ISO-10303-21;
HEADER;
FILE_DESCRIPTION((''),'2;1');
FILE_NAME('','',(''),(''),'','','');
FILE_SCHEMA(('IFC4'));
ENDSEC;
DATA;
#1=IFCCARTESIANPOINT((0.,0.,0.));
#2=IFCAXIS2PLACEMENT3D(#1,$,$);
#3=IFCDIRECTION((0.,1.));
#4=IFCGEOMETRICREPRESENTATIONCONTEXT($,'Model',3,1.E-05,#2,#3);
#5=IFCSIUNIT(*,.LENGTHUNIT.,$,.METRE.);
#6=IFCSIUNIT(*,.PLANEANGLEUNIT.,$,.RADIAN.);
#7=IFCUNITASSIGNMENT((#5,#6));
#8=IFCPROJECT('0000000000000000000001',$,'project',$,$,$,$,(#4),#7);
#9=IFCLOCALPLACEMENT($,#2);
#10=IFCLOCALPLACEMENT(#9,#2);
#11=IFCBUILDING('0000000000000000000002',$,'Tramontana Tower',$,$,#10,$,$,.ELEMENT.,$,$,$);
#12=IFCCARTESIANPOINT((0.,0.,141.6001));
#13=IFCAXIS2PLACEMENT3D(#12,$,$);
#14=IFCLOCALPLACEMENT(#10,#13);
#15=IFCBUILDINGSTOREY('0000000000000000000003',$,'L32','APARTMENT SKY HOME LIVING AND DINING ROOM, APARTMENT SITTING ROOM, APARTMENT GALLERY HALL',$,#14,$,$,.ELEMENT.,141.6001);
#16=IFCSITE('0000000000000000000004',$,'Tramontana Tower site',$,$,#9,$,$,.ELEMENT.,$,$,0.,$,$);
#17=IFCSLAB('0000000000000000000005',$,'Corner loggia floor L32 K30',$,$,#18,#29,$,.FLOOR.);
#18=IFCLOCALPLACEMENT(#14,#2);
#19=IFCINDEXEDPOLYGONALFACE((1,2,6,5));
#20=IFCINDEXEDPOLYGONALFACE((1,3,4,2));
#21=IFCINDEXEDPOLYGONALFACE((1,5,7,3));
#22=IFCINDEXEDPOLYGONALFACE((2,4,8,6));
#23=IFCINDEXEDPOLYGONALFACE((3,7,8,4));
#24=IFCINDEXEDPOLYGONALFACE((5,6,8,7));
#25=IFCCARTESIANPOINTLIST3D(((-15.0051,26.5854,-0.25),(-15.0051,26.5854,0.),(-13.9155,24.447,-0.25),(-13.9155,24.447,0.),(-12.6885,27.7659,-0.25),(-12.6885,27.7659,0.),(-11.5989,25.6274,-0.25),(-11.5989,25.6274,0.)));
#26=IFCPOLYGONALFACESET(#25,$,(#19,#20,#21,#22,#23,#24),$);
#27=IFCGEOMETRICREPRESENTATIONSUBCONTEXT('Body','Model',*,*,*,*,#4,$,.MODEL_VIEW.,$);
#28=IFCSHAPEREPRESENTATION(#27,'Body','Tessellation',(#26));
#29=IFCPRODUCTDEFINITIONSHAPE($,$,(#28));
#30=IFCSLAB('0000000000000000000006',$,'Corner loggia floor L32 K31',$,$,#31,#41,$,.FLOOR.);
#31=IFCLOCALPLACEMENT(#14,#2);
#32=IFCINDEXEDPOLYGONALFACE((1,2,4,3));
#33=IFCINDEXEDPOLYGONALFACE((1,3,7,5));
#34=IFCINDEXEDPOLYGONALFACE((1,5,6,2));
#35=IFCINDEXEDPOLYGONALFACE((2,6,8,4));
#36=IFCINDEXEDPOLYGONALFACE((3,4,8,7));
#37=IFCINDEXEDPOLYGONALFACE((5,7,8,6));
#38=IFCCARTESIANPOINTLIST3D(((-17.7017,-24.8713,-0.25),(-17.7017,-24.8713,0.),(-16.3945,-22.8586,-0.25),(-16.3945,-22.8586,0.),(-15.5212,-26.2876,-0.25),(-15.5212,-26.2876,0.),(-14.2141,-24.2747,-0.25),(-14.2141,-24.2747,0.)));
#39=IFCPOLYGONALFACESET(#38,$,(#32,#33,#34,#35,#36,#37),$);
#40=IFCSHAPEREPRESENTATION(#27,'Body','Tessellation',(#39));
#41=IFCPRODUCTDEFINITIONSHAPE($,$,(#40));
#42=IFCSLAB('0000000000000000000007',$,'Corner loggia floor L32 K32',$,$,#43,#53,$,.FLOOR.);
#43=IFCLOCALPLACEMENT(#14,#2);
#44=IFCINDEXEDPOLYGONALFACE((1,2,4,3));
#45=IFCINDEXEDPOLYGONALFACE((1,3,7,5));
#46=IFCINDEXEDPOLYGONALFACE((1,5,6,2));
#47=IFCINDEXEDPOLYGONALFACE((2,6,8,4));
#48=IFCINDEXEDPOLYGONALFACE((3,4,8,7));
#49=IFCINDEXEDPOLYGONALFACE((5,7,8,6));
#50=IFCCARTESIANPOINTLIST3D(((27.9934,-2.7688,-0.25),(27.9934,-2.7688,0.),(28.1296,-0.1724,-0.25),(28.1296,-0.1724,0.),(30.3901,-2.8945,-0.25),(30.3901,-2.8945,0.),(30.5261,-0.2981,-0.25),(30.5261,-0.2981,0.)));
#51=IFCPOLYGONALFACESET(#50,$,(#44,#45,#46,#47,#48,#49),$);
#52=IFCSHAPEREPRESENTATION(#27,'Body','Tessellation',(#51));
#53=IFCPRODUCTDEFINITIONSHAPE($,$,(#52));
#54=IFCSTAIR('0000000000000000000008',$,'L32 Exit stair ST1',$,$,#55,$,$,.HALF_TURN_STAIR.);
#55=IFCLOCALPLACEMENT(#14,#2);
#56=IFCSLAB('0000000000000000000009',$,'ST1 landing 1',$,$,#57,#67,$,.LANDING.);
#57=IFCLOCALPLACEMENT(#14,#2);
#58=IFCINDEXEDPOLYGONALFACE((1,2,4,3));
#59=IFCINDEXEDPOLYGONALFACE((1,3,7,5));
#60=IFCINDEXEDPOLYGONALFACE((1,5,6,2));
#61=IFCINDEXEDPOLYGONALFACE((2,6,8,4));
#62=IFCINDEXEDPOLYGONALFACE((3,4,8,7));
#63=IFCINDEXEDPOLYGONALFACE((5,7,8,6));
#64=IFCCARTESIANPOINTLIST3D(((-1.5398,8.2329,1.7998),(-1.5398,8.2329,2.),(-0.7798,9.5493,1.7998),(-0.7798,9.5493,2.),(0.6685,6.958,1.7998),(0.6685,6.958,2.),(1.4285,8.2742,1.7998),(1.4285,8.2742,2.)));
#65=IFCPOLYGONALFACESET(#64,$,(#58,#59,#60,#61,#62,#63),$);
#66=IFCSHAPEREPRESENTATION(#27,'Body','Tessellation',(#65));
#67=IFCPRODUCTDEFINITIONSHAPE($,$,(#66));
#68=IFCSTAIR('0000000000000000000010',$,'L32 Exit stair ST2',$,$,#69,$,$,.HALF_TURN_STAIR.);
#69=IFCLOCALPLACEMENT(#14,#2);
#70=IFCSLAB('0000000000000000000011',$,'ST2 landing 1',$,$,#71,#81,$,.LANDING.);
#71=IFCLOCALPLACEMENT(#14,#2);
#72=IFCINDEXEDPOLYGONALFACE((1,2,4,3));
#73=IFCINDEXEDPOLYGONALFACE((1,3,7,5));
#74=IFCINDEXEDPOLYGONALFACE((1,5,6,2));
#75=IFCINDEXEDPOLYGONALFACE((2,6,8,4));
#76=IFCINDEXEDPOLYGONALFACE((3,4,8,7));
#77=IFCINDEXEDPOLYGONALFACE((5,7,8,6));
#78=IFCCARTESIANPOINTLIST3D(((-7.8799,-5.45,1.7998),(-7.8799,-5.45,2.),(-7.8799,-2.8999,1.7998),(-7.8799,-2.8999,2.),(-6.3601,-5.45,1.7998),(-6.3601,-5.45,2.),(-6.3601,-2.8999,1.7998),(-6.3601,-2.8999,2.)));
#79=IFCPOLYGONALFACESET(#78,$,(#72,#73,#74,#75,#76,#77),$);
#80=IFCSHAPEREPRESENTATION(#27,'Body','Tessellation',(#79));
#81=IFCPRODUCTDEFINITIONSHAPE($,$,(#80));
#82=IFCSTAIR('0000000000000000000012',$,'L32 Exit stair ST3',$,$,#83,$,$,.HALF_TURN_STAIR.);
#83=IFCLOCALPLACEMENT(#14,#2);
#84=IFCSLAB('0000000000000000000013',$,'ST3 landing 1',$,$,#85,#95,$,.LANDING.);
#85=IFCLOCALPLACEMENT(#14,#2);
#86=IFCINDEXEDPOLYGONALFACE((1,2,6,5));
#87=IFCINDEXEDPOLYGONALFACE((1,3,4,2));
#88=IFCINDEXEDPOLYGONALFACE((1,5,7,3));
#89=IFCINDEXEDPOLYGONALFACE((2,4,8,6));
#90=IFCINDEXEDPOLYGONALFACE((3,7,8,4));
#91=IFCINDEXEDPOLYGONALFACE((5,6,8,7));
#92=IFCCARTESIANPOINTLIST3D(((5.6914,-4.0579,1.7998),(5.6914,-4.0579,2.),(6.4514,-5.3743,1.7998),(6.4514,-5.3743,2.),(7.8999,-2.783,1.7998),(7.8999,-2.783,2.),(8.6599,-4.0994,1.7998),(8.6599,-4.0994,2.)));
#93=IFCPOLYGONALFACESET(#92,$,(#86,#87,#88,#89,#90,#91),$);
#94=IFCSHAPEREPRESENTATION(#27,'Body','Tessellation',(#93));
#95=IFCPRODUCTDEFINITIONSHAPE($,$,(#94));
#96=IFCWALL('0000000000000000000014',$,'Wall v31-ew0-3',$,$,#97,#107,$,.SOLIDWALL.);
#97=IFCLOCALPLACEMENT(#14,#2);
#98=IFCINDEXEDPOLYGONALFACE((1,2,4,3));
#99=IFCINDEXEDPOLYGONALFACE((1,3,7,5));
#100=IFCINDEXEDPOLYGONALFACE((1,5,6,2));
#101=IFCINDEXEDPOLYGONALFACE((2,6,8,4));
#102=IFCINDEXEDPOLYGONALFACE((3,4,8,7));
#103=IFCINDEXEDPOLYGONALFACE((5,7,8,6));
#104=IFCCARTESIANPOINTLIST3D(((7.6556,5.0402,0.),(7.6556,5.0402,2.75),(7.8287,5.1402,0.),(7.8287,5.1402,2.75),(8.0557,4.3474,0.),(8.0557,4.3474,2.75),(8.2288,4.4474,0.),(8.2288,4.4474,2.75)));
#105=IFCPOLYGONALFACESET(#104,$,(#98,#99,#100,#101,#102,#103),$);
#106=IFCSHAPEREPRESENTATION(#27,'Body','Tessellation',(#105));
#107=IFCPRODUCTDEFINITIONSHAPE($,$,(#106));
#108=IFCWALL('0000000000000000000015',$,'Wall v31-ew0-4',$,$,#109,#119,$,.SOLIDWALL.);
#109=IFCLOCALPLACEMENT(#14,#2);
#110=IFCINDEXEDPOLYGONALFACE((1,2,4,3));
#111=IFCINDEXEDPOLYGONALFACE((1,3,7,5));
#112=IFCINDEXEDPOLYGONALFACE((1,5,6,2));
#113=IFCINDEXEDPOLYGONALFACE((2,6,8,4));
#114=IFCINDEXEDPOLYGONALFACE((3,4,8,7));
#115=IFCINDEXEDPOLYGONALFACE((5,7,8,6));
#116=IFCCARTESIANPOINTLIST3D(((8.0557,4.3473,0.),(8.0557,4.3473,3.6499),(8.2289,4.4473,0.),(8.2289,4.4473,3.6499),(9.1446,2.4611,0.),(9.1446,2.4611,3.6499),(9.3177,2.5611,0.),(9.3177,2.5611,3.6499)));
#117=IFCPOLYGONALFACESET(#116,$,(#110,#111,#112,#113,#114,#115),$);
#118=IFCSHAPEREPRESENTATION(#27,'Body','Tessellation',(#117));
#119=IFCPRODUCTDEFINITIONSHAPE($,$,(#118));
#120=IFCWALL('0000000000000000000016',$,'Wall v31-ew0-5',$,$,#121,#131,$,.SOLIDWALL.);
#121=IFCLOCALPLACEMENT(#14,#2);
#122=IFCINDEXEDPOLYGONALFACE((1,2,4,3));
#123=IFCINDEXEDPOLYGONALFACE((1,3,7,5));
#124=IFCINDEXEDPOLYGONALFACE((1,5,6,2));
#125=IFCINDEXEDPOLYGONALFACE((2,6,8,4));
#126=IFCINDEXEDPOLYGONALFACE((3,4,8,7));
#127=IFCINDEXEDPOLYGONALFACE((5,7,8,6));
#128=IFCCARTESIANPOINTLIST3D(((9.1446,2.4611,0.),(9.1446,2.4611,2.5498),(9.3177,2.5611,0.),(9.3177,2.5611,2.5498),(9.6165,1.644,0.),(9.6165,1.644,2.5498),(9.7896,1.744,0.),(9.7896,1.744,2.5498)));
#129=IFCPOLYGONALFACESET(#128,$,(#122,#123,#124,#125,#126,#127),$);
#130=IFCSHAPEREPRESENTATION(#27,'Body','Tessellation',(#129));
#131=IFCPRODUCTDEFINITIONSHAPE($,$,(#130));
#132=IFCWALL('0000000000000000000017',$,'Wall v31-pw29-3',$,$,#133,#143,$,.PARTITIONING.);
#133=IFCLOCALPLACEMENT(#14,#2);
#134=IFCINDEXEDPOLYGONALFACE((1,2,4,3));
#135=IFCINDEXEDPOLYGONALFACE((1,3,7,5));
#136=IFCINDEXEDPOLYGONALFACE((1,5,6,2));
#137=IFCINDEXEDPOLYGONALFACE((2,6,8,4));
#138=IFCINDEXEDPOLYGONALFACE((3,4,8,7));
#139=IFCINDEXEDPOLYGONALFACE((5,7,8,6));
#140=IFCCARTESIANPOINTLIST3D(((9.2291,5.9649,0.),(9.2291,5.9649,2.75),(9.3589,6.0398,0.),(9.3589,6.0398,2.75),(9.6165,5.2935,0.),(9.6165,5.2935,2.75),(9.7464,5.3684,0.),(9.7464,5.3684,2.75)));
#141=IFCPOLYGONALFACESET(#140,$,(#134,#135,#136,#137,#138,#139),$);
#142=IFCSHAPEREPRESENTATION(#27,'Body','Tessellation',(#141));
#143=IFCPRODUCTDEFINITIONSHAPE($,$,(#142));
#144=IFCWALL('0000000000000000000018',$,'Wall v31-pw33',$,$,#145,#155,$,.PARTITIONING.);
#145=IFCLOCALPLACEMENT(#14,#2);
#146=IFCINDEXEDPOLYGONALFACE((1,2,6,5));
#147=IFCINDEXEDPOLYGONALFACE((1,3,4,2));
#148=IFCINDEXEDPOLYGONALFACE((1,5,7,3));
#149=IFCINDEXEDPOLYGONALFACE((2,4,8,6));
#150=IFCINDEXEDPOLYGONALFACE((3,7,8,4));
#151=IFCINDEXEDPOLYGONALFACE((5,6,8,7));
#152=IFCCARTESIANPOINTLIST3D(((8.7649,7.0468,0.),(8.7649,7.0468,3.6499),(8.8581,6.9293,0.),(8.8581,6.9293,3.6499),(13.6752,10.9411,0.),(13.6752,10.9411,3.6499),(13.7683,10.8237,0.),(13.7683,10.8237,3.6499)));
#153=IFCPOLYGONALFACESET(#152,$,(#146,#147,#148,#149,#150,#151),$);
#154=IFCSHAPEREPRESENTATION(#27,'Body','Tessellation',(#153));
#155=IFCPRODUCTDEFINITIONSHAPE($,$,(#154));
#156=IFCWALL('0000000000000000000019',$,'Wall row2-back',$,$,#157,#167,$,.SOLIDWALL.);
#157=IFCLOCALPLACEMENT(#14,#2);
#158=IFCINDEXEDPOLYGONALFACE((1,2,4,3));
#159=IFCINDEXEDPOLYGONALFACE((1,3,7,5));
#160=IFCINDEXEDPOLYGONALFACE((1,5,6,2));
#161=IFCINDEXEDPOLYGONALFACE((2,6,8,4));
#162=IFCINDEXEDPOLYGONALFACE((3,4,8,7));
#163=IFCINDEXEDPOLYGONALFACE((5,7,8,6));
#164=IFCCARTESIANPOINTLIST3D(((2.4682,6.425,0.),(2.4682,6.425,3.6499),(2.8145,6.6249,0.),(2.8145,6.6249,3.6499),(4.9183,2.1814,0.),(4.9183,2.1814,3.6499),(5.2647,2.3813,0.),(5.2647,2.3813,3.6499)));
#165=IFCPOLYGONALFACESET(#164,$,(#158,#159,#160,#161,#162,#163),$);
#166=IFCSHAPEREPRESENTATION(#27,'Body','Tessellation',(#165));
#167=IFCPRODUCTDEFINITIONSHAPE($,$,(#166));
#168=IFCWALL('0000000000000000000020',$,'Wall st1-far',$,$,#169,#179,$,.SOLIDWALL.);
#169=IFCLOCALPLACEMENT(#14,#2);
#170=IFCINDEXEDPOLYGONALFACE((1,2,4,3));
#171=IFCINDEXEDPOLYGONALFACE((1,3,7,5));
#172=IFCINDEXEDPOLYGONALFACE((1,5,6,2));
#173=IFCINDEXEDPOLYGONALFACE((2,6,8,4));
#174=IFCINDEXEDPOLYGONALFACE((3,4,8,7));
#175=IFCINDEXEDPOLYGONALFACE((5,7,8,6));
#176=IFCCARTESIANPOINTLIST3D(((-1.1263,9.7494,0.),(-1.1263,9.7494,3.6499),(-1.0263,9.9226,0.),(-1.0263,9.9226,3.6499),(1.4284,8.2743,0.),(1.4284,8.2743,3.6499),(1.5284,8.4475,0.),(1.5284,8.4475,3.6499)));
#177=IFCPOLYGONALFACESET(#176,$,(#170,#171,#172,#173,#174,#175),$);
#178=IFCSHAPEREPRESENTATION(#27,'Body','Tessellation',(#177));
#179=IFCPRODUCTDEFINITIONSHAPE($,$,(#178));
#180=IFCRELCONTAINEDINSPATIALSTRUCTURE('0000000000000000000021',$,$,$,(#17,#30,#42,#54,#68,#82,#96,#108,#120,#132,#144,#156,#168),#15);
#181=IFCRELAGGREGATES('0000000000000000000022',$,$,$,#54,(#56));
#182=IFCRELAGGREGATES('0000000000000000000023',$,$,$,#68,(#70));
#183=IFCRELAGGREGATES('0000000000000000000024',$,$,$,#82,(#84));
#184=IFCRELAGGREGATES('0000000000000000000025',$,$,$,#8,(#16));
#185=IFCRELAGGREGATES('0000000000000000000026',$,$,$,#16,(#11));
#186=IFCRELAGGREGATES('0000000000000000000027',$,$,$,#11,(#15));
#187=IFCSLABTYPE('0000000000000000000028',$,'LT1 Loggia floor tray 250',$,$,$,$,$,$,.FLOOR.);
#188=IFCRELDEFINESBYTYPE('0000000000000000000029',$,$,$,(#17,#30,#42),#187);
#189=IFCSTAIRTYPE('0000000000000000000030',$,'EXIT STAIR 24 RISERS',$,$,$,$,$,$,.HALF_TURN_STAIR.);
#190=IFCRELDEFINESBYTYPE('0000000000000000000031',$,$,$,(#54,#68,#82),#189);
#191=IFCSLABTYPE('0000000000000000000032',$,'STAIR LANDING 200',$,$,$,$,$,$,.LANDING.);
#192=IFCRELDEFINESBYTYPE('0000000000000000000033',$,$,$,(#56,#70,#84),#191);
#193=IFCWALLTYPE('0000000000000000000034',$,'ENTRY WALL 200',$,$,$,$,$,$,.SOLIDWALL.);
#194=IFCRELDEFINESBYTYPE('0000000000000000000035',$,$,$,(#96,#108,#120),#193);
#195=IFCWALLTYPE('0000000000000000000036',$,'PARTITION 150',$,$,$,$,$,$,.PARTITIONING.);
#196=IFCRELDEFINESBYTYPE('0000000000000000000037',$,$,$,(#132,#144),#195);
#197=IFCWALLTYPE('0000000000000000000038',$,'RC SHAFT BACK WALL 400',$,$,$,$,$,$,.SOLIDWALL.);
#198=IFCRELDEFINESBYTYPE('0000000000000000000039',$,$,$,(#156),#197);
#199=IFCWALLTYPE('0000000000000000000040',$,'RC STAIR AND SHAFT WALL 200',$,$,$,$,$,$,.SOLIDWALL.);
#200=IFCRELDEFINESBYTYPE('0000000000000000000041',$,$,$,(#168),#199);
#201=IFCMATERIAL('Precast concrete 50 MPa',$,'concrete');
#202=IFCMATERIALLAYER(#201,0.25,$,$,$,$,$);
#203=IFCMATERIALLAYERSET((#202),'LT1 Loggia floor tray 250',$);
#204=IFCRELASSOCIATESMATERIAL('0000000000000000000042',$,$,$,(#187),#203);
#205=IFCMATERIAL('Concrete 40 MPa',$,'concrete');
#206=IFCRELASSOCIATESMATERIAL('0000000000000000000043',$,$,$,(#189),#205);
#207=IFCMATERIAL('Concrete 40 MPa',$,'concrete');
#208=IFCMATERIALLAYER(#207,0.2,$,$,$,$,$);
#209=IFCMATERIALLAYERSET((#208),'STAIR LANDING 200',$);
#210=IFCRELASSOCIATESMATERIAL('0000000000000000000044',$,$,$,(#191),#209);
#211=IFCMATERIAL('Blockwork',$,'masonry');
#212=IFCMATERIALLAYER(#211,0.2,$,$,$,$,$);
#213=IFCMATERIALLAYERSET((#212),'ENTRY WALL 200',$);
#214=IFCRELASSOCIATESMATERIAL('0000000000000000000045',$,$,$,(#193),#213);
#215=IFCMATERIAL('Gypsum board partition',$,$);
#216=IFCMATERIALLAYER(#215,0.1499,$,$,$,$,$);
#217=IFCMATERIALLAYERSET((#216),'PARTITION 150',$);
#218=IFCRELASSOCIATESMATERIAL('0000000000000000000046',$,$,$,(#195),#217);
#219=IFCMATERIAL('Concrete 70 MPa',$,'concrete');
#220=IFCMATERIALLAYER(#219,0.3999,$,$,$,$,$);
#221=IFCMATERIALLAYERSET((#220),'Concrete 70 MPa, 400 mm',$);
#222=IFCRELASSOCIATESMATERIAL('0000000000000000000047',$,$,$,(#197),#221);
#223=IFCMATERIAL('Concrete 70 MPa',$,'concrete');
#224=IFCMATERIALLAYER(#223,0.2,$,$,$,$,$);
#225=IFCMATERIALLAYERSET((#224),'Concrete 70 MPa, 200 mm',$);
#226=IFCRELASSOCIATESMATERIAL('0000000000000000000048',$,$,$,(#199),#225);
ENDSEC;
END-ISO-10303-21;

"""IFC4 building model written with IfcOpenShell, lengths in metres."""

from ifc_helpers import new_model, si_unit, direction, frame, frame_2d, origin, place, context, subcontext, project, spatial, polyline, rectangle, outline, extrude, material, layer, layer_set, type_object, element, aggregate, save


model = new_model("IFC4")

# Units and contexts
model_context = context("Model", 3, precision=1e-05, world=origin(), true_north=direction((0.0, 1.0)))
body_context = subcontext(model_context, "Body", "Model", "MODEL_VIEW")
ifc_project = project(units=[si_unit("LENGTHUNIT", "METRE"), si_unit("PLANEANGLEUNIT", "RADIAN")], contexts=[model_context])

# Site, building, storey
site_placement = place(None, origin())
site = spatial("IfcSite", under=ifc_project, at=site_placement, Name="Tramontana Tower site", CompositionType="ELEMENT", RefElevation=0.0)
building_placement = place(site_placement, origin())
building = spatial("IfcBuilding", under=site, at=building_placement, Name="Tramontana Tower", CompositionType="ELEMENT")
storey_placement = place(building_placement, frame((0.0, 0.0, 141.6001)))
storey = spatial("IfcBuildingStorey", under=building, at=storey_placement, Name="L32", Description="APARTMENT SKY HOME LIVING AND DINING ROOM, APARTMENT SITTING ROOM, APARTMENT GALLERY HALL", CompositionType="ELEMENT", Elevation=141.6001)

# Slabs
ifc_material_1 = material(Name="Precast concrete 50 MPa", Category="concrete")
ifc_layer_1 = layer(ifc_material_1, 0.25)
ifc_layer_set_1 = layer_set([ifc_layer_1], Name="LT1 Loggia floor tray 250")
slab_type_1 = type_object("IfcSlabType", Name="LT1 Loggia floor tray 250", PredefinedType="FLOOR", material=ifc_layer_set_1)
slab_1_placement = place(storey_placement, frame((0.0, 0.0, -0.25)))
element("IfcSlab", 1, at=slab_1_placement, inside=storey, type_object=slab_type_1, Name="Corner loggia floor L32 K30", PredefinedType="FLOOR", context=body_context, shape_type="SweptSolid", body=[
    extrude(outline(polyline([(-12.6885, 27.7659), (-11.5989, 25.6274), (-13.9155, 24.447), (-15.0051, 26.5854), (-12.6885, 27.7659)])), origin(), (0.0, 0.0, 1.0), 0.25),
])
slab_2_placement = place(storey_placement, frame((0.0, 0.0, -0.25)))
element("IfcSlab", 2, at=slab_2_placement, inside=storey, type_object=slab_type_1, Name="Corner loggia floor L32 K31", PredefinedType="FLOOR", context=body_context, shape_type="SweptSolid", body=[
    extrude(outline(polyline([(-17.7017, -24.8713), (-16.3945, -22.8586), (-14.2141, -24.2747), (-15.5212, -26.2876), (-17.7017, -24.8713)])), origin(), (0.0, 0.0, 1.0), 0.25),
])
slab_3_placement = place(storey_placement, frame((0.0, 0.0, -0.25)))
element("IfcSlab", 3, at=slab_3_placement, inside=storey, type_object=slab_type_1, Name="Corner loggia floor L32 K32", PredefinedType="FLOOR", context=body_context, shape_type="SweptSolid", body=[
    extrude(outline(polyline([(30.3901, -2.8945), (27.9934, -2.7688), (28.1296, -0.1724), (30.5261, -0.2981), (30.3901, -2.8945)])), origin(), (0.0, 0.0, 1.0), 0.25),
])

# Stairs, slabs
ifc_material_2 = material(Name="Concrete 40 MPa", Category="concrete")
stair_type = type_object("IfcStairType", Name="EXIT STAIR 24 RISERS", PredefinedType="HALF_TURN_STAIR", material=ifc_material_2)
stair_1_placement = place(storey_placement, origin())
stair_1 = element("IfcStair", 4, at=stair_1_placement, inside=storey, type_object=stair_type, Name="L32 Exit stair ST1", PredefinedType="HALF_TURN_STAIR")
ifc_material_3 = material(Name="Concrete 40 MPa", Category="concrete")
ifc_layer_2 = layer(ifc_material_3, 0.2)
ifc_layer_set_2 = layer_set([ifc_layer_2], Name="STAIR LANDING 200")
slab_type_2 = type_object("IfcSlabType", Name="STAIR LANDING 200", PredefinedType="LANDING", material=ifc_layer_set_2)
slab_4_placement = place(storey_placement, frame((0.0, 0.0, 1.7998)))
slab_4 = element("IfcSlab", 5, at=slab_4_placement, type_object=slab_type_2, Name="ST1 landing 1", PredefinedType="LANDING", context=body_context, shape_type="SweptSolid", body=[
    extrude(outline(polyline([(0.6685, 6.958), (1.4285, 8.2742), (-0.7798, 9.5493), (-1.5398, 8.2329), (0.6685, 6.958)])), origin(), (0.0, 0.0, 1.0), 0.2002),
])
aggregate(stair_1, [slab_4])
stair_2_placement = place(storey_placement, origin())
stair_2 = element("IfcStair", 6, at=stair_2_placement, inside=storey, type_object=stair_type, Name="L32 Exit stair ST2", PredefinedType="HALF_TURN_STAIR")
slab_5_placement = place(storey_placement, frame((0.0, 0.0, 1.7998)))
slab_5 = element("IfcSlab", 7, at=slab_5_placement, type_object=slab_type_2, Name="ST2 landing 1", PredefinedType="LANDING", context=body_context, shape_type="SweptSolid", body=[
    extrude(outline(polyline([(-6.3601, -2.8999), (-7.8799, -2.8999), (-7.8799, -5.45), (-6.3601, -5.45), (-6.3601, -2.8999)])), origin(), (0.0, 0.0, 1.0), 0.2002),
])
aggregate(stair_2, [slab_5])
stair_3_placement = place(storey_placement, origin())
stair_3 = element("IfcStair", 8, at=stair_3_placement, inside=storey, type_object=stair_type, Name="L32 Exit stair ST3", PredefinedType="HALF_TURN_STAIR")
slab_6_placement = place(storey_placement, frame((0.0, 0.0, 1.7998)))
slab_6 = element("IfcSlab", 9, at=slab_6_placement, type_object=slab_type_2, Name="ST3 landing 1", PredefinedType="LANDING", context=body_context, shape_type="SweptSolid", body=[
    extrude(outline(polyline([(5.6914, -4.0579), (6.4514, -5.3743), (8.6599, -4.0994), (7.8999, -2.783), (5.6914, -4.0579)])), origin(), (0.0, 0.0, 1.0), 0.2002),
])
aggregate(stair_3, [slab_6])

# Walls
ifc_material_4 = material(Name="Blockwork", Category="masonry")
ifc_layer_3 = layer(ifc_material_4, 0.2)
ifc_layer_set_3 = layer_set([ifc_layer_3], Name="ENTRY WALL 200")
wall_type_1 = type_object("IfcWallType", Name="ENTRY WALL 200", PredefinedType="SOLIDWALL", material=ifc_layer_set_3)
wall_1_placement = place(storey_placement, frame((7.7422, 5.0901, 0.0), z_axis=(0.0, 0.0, 1.0), x_axis=(0.50011, -0.865962, 0.0)))
element("IfcWall", 10, at=wall_1_placement, inside=storey, type_object=wall_type_1, Name="Wall v31-ew0-3", PredefinedType="SOLIDWALL", context=body_context, shape_type="SweptSolid", body=[
    extrude(rectangle(XDim=0.8, YDim=0.2, at=frame_2d((0.3999, 0.0))), origin(), (0.0, 0.0, 1.0), 2.75),
])
wall_2_placement = place(storey_placement, frame((8.1423, 4.3972, 0.0), z_axis=(0.0, 0.0, 1.0), x_axis=(0.499949, -0.866055, 0.0)))
element("IfcWall", 11, at=wall_2_placement, inside=storey, type_object=wall_type_1, Name="Wall v31-ew0-4", PredefinedType="SOLIDWALL", context=body_context, shape_type="SweptSolid", body=[
    extrude(rectangle(XDim=2.178, YDim=0.2, at=frame_2d((1.0889, 0.0))), origin(), (0.0, 0.0, 1.0), 3.6499),
])
wall_3_placement = place(storey_placement, frame((9.2312, 2.511, 0.0), z_axis=(0.0, 0.0, 1.0), x_axis=(0.500118, -0.865957, 0.0)))
element("IfcWall", 12, at=wall_3_placement, inside=storey, type_object=wall_type_1, Name="Wall v31-ew0-5", PredefinedType="SOLIDWALL", context=body_context, shape_type="SweptSolid", body=[
    extrude(rectangle(XDim=0.9436, YDim=0.2, at=frame_2d((0.4717, 0.0))), origin(), (0.0, 0.0, 1.0), 2.5498),
])
ifc_material_5 = material(Name="Gypsum board partition")
ifc_layer_4 = layer(ifc_material_5, 0.1499)
ifc_layer_set_4 = layer_set([ifc_layer_4], Name="PARTITION 150")
wall_type_2 = type_object("IfcWallType", Name="PARTITION 150", PredefinedType="PARTITIONING", material=ifc_layer_set_4)
wall_4_placement = place(storey_placement, frame((9.2939, 6.0024, 0.0), z_axis=(0.0, 0.0, 1.0), x_axis=(0.499832, -0.866123, 0.0)))
element("IfcWall", 13, at=wall_4_placement, inside=storey, type_object=wall_type_2, Name="Wall v31-pw29-3", PredefinedType="PARTITIONING", context=body_context, shape_type="SweptSolid", body=[
    extrude(rectangle(XDim=0.7751, YDim=0.1499, at=frame_2d((0.3877, 0.0))), origin(), (0.0, 0.0, 1.0), 2.75),
])

# Wall
wall_5_placement = place(storey_placement, frame((8.8115, 6.988, 0.0), z_axis=(0.0, 0.0, 1.0), x_axis=(0.783496, 0.621397, 0.0)))
element("IfcWall", 14, at=wall_5_placement, inside=storey, type_object=wall_type_2, Name="Wall v31-pw33", PredefinedType="PARTITIONING", context=body_context, shape_type="SweptSolid", body=[
    extrude(rectangle(XDim=6.2671, YDim=0.1499, at=frame_2d((3.1335, 0.0))), origin(), (0.0, 0.0, 1.0), 3.6499),
])

# Walls
ifc_material_6 = material(Name="Concrete 70 MPa", Category="concrete")
ifc_layer_5 = layer(ifc_material_6, 0.3999)
ifc_layer_set_5 = layer_set([ifc_layer_5], Name="Concrete 70 MPa, 400 mm")
wall_type_3 = type_object("IfcWallType", Name="RC SHAFT BACK WALL 400", PredefinedType="SOLIDWALL", material=ifc_layer_set_5)
wall_6_placement = place(storey_placement, frame((5.0916, 2.2812, 0.0), z_axis=(0.0, 0.0, 1.0), x_axis=(-0.500019, 0.866015, 0.0)))
element("IfcWall", 15, at=wall_6_placement, inside=storey, type_object=wall_type_3, Name="Wall row2-back", PredefinedType="SOLIDWALL", context=body_context, shape_type="SweptSolid", body=[
    extrude(rectangle(XDim=4.9001, YDim=0.3999, at=frame_2d((2.4502, 0.0))), origin(), (0.0, 0.0, 1.0), 3.6499),
])
ifc_material_7 = material(Name="Concrete 70 MPa", Category="concrete")
ifc_layer_6 = layer(ifc_material_7, 0.2)
ifc_layer_set_6 = layer_set([ifc_layer_6], Name="Concrete 70 MPa, 200 mm")
wall_type_4 = type_object("IfcWallType", Name="RC STAIR AND SHAFT WALL 200", PredefinedType="SOLIDWALL", material=ifc_layer_set_6)
wall_7_placement = place(storey_placement, frame((1.4785, 8.3608, 0.0), z_axis=(0.0, 0.0, 1.0), x_axis=(-0.866004, 0.500038, 0.0)))
element("IfcWall", 16, at=wall_7_placement, inside=storey, type_object=wall_type_4, Name="Wall st1-far", PredefinedType="SOLIDWALL", context=body_context, shape_type="SweptSolid", body=[
    extrude(rectangle(XDim=2.95, YDim=0.2, at=frame_2d((1.4751, 0.0))), origin(), (0.0, 0.0, 1.0), 3.6499),
])

save(model, "model.ifc")
